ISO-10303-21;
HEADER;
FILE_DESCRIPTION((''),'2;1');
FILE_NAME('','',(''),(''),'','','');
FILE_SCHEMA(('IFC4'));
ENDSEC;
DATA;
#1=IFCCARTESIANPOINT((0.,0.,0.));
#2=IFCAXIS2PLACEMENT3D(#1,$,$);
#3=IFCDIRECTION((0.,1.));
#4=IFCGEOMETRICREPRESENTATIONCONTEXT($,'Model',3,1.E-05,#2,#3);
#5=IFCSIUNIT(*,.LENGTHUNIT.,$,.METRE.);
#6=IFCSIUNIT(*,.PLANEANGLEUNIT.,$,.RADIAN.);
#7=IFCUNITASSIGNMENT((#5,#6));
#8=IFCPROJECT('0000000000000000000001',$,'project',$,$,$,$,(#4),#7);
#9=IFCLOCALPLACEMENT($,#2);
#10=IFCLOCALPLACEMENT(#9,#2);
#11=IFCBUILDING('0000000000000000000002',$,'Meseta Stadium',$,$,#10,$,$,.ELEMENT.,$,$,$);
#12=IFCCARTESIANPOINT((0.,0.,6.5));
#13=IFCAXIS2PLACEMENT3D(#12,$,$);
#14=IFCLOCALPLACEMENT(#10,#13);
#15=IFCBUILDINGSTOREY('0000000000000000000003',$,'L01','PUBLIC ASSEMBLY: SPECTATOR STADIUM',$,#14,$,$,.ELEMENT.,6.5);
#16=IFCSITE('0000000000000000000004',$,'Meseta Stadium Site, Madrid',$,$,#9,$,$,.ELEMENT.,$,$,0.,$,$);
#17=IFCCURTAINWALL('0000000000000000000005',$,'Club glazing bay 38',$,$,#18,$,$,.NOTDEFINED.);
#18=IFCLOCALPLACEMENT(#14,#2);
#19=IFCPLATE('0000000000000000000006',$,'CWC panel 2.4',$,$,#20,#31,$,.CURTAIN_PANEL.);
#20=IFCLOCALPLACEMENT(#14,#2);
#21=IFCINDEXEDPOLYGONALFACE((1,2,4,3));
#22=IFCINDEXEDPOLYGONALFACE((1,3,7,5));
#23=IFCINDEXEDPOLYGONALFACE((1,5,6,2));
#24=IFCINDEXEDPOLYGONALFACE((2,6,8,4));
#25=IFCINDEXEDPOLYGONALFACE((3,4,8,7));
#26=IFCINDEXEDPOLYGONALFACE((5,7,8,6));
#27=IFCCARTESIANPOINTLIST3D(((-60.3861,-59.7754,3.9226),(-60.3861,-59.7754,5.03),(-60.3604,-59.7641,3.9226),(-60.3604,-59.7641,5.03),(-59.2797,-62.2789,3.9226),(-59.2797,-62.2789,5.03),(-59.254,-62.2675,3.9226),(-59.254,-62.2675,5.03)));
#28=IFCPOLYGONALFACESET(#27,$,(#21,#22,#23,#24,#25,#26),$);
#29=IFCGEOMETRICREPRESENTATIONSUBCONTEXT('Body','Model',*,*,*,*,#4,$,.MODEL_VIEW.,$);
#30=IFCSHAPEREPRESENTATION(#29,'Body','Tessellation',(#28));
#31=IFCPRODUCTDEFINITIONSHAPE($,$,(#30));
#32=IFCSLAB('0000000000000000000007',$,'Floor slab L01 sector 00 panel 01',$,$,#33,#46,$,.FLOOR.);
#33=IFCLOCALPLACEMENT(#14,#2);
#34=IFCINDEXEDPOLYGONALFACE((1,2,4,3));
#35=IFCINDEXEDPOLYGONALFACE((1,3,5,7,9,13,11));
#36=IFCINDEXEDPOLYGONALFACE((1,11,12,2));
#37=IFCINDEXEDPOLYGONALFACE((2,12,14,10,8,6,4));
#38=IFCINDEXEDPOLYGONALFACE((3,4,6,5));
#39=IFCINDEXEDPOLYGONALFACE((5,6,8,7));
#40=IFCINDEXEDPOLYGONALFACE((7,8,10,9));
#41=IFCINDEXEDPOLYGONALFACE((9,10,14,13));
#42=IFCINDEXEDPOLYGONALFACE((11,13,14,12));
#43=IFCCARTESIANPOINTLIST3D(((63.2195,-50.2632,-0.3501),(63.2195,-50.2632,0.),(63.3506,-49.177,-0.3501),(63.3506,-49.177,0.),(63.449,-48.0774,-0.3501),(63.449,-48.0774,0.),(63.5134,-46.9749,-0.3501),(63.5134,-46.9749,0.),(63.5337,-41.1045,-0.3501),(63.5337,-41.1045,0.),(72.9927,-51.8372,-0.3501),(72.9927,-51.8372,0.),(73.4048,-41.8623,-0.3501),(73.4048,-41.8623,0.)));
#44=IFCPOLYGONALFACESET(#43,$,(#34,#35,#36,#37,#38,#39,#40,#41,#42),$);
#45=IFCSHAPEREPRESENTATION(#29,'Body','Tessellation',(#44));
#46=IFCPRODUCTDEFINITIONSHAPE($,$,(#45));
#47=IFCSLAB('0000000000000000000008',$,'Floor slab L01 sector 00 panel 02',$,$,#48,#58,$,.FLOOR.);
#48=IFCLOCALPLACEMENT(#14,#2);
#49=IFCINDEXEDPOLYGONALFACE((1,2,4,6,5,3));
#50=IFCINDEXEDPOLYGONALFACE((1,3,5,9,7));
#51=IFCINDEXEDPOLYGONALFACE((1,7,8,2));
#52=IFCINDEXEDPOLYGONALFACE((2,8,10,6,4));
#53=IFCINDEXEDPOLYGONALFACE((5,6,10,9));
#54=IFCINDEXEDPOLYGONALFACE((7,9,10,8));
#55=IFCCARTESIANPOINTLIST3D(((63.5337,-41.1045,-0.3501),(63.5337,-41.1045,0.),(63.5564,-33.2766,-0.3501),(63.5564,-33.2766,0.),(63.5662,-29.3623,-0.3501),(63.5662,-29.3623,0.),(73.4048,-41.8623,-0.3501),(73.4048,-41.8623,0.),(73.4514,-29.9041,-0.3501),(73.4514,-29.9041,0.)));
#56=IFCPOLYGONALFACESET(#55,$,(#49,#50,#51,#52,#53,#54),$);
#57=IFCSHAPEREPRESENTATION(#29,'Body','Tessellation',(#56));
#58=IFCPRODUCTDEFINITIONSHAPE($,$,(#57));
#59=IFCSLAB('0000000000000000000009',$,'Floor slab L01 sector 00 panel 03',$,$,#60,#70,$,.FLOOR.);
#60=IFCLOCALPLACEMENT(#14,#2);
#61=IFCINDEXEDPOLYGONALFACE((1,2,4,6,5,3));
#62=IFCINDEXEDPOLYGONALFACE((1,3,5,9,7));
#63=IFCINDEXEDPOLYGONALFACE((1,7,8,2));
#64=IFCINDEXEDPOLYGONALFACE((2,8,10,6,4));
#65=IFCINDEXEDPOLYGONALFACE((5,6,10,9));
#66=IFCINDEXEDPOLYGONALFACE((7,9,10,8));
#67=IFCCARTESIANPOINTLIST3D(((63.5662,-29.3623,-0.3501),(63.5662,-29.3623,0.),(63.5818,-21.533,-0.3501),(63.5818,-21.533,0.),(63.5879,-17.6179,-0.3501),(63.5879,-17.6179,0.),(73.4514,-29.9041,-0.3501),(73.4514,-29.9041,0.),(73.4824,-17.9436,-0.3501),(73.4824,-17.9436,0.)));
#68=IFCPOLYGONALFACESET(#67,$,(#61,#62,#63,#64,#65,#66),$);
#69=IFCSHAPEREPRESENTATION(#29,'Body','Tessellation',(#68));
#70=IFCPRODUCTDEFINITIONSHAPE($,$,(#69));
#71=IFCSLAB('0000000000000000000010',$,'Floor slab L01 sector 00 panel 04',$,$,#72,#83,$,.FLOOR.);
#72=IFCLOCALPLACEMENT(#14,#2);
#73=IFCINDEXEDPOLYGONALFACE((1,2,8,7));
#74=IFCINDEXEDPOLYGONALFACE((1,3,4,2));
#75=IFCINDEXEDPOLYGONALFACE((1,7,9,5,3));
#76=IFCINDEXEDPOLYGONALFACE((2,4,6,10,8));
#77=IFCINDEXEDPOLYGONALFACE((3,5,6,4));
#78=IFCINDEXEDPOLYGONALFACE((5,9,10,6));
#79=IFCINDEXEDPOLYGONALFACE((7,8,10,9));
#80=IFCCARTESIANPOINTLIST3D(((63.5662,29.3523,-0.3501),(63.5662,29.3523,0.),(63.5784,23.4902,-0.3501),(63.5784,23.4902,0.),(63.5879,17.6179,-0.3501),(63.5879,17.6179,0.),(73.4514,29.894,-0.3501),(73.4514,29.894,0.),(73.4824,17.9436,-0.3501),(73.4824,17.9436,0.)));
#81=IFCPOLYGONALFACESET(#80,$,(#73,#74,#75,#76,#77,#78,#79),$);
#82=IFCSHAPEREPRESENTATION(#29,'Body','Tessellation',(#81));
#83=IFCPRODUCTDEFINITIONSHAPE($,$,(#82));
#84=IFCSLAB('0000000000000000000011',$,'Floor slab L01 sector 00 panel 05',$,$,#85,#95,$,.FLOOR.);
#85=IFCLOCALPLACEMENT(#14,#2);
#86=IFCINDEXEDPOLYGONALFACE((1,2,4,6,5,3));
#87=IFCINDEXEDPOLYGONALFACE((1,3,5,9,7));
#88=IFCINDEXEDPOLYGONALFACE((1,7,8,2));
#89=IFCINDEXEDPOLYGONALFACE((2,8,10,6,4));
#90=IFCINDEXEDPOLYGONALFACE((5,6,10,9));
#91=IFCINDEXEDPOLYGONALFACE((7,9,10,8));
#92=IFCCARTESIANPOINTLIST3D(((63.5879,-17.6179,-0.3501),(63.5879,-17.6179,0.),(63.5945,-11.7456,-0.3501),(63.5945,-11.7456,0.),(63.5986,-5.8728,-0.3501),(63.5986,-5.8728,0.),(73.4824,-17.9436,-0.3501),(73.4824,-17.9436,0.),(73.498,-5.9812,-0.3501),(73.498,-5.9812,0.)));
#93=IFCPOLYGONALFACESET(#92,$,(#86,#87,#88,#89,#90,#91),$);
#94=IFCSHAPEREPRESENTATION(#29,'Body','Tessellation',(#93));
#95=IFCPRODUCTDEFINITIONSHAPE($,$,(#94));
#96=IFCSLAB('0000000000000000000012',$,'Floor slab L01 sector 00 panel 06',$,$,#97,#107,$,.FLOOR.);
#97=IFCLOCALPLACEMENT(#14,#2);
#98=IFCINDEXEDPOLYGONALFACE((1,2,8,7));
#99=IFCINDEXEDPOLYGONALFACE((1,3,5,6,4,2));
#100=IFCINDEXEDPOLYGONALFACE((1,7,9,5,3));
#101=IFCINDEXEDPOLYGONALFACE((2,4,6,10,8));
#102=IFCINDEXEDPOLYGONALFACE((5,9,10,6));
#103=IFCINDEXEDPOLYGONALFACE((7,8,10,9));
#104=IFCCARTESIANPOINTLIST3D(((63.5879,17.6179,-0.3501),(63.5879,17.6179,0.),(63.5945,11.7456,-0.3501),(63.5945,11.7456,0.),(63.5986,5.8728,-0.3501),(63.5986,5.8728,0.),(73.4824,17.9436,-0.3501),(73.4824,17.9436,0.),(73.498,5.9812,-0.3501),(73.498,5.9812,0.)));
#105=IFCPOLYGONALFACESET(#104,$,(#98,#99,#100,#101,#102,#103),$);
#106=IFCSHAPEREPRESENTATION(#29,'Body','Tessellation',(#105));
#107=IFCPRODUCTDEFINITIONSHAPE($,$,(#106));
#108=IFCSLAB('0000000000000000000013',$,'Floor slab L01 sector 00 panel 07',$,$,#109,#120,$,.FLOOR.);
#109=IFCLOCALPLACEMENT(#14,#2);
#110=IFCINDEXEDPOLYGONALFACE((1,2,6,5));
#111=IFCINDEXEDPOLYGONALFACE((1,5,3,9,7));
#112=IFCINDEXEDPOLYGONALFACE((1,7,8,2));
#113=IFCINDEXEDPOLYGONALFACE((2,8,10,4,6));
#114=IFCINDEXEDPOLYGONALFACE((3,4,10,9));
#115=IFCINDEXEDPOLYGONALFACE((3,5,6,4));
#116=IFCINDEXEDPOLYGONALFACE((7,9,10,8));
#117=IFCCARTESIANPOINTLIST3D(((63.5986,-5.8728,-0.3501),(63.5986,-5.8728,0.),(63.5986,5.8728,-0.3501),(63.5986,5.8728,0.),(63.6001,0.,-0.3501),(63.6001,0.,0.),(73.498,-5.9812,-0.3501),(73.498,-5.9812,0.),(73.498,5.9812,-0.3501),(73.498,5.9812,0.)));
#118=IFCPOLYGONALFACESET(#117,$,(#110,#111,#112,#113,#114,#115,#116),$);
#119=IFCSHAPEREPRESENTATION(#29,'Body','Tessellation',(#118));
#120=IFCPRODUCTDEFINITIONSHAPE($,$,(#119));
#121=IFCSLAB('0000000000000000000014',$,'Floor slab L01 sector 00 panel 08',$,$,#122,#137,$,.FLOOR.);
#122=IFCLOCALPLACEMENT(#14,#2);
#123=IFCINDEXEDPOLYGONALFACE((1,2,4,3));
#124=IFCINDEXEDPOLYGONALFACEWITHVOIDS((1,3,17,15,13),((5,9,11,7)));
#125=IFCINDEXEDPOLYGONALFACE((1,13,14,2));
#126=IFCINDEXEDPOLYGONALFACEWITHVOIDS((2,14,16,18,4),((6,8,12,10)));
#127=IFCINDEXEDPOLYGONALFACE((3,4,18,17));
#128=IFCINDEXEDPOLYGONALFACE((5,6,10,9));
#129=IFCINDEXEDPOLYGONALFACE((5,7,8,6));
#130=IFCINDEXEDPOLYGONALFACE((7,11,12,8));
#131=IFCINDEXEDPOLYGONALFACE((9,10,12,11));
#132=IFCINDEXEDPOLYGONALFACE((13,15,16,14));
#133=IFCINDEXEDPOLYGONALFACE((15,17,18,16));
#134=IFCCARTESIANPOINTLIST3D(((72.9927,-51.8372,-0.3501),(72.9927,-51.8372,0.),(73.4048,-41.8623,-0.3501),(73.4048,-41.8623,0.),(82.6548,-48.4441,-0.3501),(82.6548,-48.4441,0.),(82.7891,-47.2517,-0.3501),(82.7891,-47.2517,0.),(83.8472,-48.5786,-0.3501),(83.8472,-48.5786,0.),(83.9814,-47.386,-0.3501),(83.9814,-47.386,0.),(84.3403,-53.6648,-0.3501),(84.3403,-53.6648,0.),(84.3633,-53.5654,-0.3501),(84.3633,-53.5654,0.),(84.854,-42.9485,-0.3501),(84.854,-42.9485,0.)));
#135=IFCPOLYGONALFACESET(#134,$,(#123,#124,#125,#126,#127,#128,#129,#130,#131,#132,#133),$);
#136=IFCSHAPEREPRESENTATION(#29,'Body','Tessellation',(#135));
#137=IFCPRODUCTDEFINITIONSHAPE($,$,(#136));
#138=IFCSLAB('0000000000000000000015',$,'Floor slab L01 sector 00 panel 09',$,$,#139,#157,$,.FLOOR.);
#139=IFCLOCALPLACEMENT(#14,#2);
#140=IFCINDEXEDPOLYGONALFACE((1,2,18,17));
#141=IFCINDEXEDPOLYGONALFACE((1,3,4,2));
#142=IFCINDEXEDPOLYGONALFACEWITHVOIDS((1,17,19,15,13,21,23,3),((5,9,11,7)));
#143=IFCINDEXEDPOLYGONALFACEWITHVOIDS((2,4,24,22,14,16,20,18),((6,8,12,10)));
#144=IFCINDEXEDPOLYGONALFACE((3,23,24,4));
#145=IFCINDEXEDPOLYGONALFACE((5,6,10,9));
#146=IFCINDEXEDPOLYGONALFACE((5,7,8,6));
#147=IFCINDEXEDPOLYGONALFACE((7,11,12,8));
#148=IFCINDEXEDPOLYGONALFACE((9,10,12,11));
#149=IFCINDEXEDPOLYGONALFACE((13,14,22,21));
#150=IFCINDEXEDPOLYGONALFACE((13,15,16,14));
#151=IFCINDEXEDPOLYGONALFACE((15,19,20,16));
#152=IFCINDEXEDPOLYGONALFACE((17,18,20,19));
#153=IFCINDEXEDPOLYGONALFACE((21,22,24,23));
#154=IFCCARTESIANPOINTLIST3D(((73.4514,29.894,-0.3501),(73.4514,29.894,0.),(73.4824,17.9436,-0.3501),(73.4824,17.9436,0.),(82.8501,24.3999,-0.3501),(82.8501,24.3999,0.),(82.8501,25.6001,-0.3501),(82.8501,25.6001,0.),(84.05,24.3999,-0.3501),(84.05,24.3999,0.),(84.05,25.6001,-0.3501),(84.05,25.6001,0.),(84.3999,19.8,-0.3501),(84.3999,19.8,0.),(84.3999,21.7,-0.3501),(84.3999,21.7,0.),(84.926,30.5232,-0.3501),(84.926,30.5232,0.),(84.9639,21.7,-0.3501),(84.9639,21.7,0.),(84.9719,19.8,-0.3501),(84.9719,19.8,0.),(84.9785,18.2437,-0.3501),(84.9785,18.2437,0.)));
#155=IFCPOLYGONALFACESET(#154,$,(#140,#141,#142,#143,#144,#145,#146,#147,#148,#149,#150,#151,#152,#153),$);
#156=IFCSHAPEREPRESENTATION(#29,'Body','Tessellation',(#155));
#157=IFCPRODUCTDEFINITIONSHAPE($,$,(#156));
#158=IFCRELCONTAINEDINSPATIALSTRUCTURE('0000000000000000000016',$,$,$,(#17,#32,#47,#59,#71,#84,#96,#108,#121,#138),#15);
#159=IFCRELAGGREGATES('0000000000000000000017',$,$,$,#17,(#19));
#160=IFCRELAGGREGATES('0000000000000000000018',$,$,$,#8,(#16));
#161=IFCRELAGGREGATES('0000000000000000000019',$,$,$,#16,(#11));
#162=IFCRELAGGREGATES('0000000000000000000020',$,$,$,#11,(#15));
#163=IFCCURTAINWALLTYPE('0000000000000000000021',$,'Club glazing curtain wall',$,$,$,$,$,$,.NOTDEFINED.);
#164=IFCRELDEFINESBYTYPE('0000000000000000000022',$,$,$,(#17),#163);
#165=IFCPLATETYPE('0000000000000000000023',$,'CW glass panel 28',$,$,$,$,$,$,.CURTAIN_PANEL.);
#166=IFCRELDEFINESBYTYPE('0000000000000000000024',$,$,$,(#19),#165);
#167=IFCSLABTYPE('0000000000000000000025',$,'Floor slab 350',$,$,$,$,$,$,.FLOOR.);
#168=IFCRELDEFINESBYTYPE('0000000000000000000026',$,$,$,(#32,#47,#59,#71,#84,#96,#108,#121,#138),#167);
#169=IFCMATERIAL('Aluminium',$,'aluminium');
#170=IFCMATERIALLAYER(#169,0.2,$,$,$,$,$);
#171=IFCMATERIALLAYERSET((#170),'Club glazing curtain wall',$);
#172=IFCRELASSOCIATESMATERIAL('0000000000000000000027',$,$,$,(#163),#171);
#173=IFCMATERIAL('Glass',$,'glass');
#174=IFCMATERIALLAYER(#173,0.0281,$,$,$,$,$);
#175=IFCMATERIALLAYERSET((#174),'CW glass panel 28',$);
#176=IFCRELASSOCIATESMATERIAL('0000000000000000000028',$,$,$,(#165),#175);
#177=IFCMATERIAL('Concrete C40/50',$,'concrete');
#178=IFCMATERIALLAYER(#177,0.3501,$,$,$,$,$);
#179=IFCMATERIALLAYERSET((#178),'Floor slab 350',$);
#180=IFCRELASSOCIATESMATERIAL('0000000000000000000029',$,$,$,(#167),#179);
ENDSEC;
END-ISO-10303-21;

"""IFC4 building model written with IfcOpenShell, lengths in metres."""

from ifc_helpers import new_model, si_unit, direction, frame, origin, origin_2d, place, context, subcontext, project, spatial, polyline, rectangle, outline, extrude, material, layer, layer_set, type_object, element, aggregate, save


model = new_model("IFC4")

# Units and contexts
model_context = context("Model", 3, precision=1e-05, world=origin(), true_north=direction((0.0, 1.0)))
body_context = subcontext(model_context, "Body", "Model", "MODEL_VIEW")
ifc_project = project(units=[si_unit("LENGTHUNIT", "METRE"), si_unit("PLANEANGLEUNIT", "RADIAN")], contexts=[model_context])

# Site, building, storey
site_placement = place(None, origin())
site = spatial("IfcSite", under=ifc_project, at=site_placement, Name="Meseta Stadium Site, Madrid", CompositionType="ELEMENT", RefElevation=0.0)
building_placement = place(site_placement, origin())
building = spatial("IfcBuilding", under=site, at=building_placement, Name="Meseta Stadium", CompositionType="ELEMENT")
storey_placement = place(building_placement, frame((0.0, 0.0, 6.5)))
storey = spatial("IfcBuildingStorey", under=building, at=storey_placement, Name="L01", Description="PUBLIC ASSEMBLY: SPECTATOR STADIUM", CompositionType="ELEMENT", Elevation=6.5)

# Curtain wall
ifc_material_1 = material(Name="Aluminium", Category="aluminium")
ifc_layer_1 = layer(ifc_material_1, 0.2)
ifc_layer_set_1 = layer_set([ifc_layer_1], Name="Club glazing curtain wall")
curtain_wall_type = type_object("IfcCurtainWallType", Name="Club glazing curtain wall", PredefinedType="NOTDEFINED", material=ifc_layer_set_1)
curtain_wall_placement = place(storey_placement, origin())
curtain_wall = element("IfcCurtainWall", 1, at=curtain_wall_placement, inside=storey, type_object=curtain_wall_type, Name="Club glazing bay 38", PredefinedType="NOTDEFINED")

# Plate
ifc_material_2 = material(Name="Glass", Category="glass")
ifc_layer_2 = layer(ifc_material_2, 0.0281)
ifc_layer_set_2 = layer_set([ifc_layer_2], Name="CW glass panel 28")
plate_type = type_object("IfcPlateType", Name="CW glass panel 28", PredefinedType="CURTAIN_PANEL", material=ifc_layer_set_2)
plate_1_placement = place(storey_placement, frame((-59.8201, -61.0215, 3.9226), z_axis=(0.0, 0.0, 1.0), x_axis=(0.40423, -0.914657, 0.0)))
plate_1 = element("IfcPlate", 2, at=plate_1_placement, type_object=plate_type, Name="CWC panel 2.4", PredefinedType="CURTAIN_PANEL", context=body_context, shape_type="SweptSolid", body=[
    extrude(rectangle(XDim=2.7371, YDim=0.0281, at=origin_2d()), origin(), (0.0, 0.0, 1.0), 1.1074),
])
aggregate(curtain_wall, [plate_1])

# Slabs
ifc_material_3 = material(Name="Concrete C40/50", Category="concrete")
ifc_layer_3 = layer(ifc_material_3, 0.3501)
ifc_layer_set_3 = layer_set([ifc_layer_3], Name="Floor slab 350")
slab_type = type_object("IfcSlabType", Name="Floor slab 350", PredefinedType="FLOOR", material=ifc_layer_set_3)
slab_1_placement = place(storey_placement, frame((0.0, 0.0, -0.3501)))
element("IfcSlab", 3, at=slab_1_placement, inside=storey, type_object=slab_type, Name="Floor slab L01 sector 00 panel 01", PredefinedType="FLOOR", context=body_context, shape_type="SweptSolid", body=[
    extrude(outline(polyline([(63.5134, -46.9749), (63.449, -48.0774), (63.3506, -49.177), (63.2195, -50.2632), (72.9927, -51.8372), (73.4048, -41.8623), (63.5337, -41.1045), (63.5134, -46.9749)])), origin(), (0.0, 0.0, 1.0), 0.3501),
])
slab_2_placement = place(storey_placement, frame((0.0, 0.0, -0.3501)))
element("IfcSlab", 4, at=slab_2_placement, inside=storey, type_object=slab_type, Name="Floor slab L01 sector 00 panel 02", PredefinedType="FLOOR", context=body_context, shape_type="SweptSolid", body=[
    extrude(outline(polyline([(73.4514, -29.9041), (63.5662, -29.3623), (63.5564, -33.2766), (63.5337, -41.1045), (73.4048, -41.8623), (73.4514, -29.9041)])), origin(), (0.0, 0.0, 1.0), 0.3501),
])
slab_3_placement = place(storey_placement, frame((0.0, 0.0, -0.3501)))
element("IfcSlab", 5, at=slab_3_placement, inside=storey, type_object=slab_type, Name="Floor slab L01 sector 00 panel 03", PredefinedType="FLOOR", context=body_context, shape_type="SweptSolid", body=[
    extrude(outline(polyline([(73.4824, -17.9436), (63.5879, -17.6179), (63.5818, -21.533), (63.5662, -29.3623), (73.4514, -29.9041), (73.4824, -17.9436)])), origin(), (0.0, 0.0, 1.0), 0.3501),
])
slab_4_placement = place(storey_placement, frame((0.0, 0.0, -0.3501)))
element("IfcSlab", 6, at=slab_4_placement, inside=storey, type_object=slab_type, Name="Floor slab L01 sector 00 panel 04", PredefinedType="FLOOR", context=body_context, shape_type="SweptSolid", body=[
    extrude(outline(polyline([(63.5784, 23.4902), (63.5879, 17.6179), (73.4824, 17.9436), (73.4514, 29.894), (63.5662, 29.3523), (63.5784, 23.4902)])), origin(), (0.0, 0.0, 1.0), 0.3501),
])
slab_5_placement = place(storey_placement, frame((0.0, 0.0, -0.3501)))
element("IfcSlab", 7, at=slab_5_placement, inside=storey, type_object=slab_type, Name="Floor slab L01 sector 00 panel 05", PredefinedType="FLOOR", context=body_context, shape_type="SweptSolid", body=[
    extrude(outline(polyline([(73.498, -5.9812), (63.5986, -5.8728), (63.5945, -11.7456), (63.5879, -17.6179), (73.4824, -17.9436), (73.498, -5.9812)])), origin(), (0.0, 0.0, 1.0), 0.3501),
])
slab_6_placement = place(storey_placement, frame((0.0, 0.0, -0.3501)))
element("IfcSlab", 8, at=slab_6_placement, inside=storey, type_object=slab_type, Name="Floor slab L01 sector 00 panel 06", PredefinedType="FLOOR", context=body_context, shape_type="SweptSolid", body=[
    extrude(outline(polyline([(73.4824, 17.9436), (63.5879, 17.6179), (63.5945, 11.7456), (63.5986, 5.8728), (73.498, 5.9812), (73.4824, 17.9436)])), origin(), (0.0, 0.0, 1.0), 0.3501),
])
slab_7_placement = place(storey_placement, frame((0.0, 0.0, -0.3501)))
element("IfcSlab", 9, at=slab_7_placement, inside=storey, type_object=slab_type, Name="Floor slab L01 sector 00 panel 07", PredefinedType="FLOOR", context=body_context, shape_type="SweptSolid", body=[
    extrude(outline(polyline([(73.498, 5.9812), (63.5986, 5.8728), (63.6001, 0.0), (63.5986, -5.8728), (73.498, -5.9812), (73.498, 5.9812)])), origin(), (0.0, 0.0, 1.0), 0.3501),
])
slab_8_placement = place(storey_placement, frame((0.0, 0.0, -0.3501)))
element("IfcSlab", 10, at=slab_8_placement, inside=storey, type_object=slab_type, Name="Floor slab L01 sector 00 panel 08", PredefinedType="FLOOR", context=body_context, shape_type="SweptSolid", body=[
    extrude(outline(polyline([(84.3633, -53.5654), (84.854, -42.9485), (73.4048, -41.8623), (72.9927, -51.8372), (84.3403, -53.6648), (84.3633, -53.5654)]), holes=[polyline([(83.8472, -48.5786), (82.6548, -48.4441), (82.7891, -47.2517), (83.9814, -47.386), (83.8472, -48.5786)])]), origin(), (0.0, 0.0, 1.0), 0.3501),
])
slab_9_placement = place(storey_placement, frame((0.0, 0.0, -0.3501)))
element("IfcSlab", 11, at=slab_9_placement, inside=storey, type_object=slab_type, Name="Floor slab L01 sector 00 panel 09", PredefinedType="FLOOR", context=body_context, shape_type="SweptSolid", body=[
    extrude(outline(polyline([(84.3999, 19.8), (84.3999, 21.7), (84.9639, 21.7), (84.926, 30.5232), (73.4514, 29.894), (73.4824, 17.9436), (84.9785, 18.2437), (84.9719, 19.8), (84.3999, 19.8)]), holes=[polyline([(84.05, 25.6001), (84.05, 24.3999), (82.8501, 24.3999), (82.8501, 25.6001), (84.05, 25.6001)])]), origin(), (0.0, 0.0, 1.0), 0.3501),
])

save(model, "model.ifc")
